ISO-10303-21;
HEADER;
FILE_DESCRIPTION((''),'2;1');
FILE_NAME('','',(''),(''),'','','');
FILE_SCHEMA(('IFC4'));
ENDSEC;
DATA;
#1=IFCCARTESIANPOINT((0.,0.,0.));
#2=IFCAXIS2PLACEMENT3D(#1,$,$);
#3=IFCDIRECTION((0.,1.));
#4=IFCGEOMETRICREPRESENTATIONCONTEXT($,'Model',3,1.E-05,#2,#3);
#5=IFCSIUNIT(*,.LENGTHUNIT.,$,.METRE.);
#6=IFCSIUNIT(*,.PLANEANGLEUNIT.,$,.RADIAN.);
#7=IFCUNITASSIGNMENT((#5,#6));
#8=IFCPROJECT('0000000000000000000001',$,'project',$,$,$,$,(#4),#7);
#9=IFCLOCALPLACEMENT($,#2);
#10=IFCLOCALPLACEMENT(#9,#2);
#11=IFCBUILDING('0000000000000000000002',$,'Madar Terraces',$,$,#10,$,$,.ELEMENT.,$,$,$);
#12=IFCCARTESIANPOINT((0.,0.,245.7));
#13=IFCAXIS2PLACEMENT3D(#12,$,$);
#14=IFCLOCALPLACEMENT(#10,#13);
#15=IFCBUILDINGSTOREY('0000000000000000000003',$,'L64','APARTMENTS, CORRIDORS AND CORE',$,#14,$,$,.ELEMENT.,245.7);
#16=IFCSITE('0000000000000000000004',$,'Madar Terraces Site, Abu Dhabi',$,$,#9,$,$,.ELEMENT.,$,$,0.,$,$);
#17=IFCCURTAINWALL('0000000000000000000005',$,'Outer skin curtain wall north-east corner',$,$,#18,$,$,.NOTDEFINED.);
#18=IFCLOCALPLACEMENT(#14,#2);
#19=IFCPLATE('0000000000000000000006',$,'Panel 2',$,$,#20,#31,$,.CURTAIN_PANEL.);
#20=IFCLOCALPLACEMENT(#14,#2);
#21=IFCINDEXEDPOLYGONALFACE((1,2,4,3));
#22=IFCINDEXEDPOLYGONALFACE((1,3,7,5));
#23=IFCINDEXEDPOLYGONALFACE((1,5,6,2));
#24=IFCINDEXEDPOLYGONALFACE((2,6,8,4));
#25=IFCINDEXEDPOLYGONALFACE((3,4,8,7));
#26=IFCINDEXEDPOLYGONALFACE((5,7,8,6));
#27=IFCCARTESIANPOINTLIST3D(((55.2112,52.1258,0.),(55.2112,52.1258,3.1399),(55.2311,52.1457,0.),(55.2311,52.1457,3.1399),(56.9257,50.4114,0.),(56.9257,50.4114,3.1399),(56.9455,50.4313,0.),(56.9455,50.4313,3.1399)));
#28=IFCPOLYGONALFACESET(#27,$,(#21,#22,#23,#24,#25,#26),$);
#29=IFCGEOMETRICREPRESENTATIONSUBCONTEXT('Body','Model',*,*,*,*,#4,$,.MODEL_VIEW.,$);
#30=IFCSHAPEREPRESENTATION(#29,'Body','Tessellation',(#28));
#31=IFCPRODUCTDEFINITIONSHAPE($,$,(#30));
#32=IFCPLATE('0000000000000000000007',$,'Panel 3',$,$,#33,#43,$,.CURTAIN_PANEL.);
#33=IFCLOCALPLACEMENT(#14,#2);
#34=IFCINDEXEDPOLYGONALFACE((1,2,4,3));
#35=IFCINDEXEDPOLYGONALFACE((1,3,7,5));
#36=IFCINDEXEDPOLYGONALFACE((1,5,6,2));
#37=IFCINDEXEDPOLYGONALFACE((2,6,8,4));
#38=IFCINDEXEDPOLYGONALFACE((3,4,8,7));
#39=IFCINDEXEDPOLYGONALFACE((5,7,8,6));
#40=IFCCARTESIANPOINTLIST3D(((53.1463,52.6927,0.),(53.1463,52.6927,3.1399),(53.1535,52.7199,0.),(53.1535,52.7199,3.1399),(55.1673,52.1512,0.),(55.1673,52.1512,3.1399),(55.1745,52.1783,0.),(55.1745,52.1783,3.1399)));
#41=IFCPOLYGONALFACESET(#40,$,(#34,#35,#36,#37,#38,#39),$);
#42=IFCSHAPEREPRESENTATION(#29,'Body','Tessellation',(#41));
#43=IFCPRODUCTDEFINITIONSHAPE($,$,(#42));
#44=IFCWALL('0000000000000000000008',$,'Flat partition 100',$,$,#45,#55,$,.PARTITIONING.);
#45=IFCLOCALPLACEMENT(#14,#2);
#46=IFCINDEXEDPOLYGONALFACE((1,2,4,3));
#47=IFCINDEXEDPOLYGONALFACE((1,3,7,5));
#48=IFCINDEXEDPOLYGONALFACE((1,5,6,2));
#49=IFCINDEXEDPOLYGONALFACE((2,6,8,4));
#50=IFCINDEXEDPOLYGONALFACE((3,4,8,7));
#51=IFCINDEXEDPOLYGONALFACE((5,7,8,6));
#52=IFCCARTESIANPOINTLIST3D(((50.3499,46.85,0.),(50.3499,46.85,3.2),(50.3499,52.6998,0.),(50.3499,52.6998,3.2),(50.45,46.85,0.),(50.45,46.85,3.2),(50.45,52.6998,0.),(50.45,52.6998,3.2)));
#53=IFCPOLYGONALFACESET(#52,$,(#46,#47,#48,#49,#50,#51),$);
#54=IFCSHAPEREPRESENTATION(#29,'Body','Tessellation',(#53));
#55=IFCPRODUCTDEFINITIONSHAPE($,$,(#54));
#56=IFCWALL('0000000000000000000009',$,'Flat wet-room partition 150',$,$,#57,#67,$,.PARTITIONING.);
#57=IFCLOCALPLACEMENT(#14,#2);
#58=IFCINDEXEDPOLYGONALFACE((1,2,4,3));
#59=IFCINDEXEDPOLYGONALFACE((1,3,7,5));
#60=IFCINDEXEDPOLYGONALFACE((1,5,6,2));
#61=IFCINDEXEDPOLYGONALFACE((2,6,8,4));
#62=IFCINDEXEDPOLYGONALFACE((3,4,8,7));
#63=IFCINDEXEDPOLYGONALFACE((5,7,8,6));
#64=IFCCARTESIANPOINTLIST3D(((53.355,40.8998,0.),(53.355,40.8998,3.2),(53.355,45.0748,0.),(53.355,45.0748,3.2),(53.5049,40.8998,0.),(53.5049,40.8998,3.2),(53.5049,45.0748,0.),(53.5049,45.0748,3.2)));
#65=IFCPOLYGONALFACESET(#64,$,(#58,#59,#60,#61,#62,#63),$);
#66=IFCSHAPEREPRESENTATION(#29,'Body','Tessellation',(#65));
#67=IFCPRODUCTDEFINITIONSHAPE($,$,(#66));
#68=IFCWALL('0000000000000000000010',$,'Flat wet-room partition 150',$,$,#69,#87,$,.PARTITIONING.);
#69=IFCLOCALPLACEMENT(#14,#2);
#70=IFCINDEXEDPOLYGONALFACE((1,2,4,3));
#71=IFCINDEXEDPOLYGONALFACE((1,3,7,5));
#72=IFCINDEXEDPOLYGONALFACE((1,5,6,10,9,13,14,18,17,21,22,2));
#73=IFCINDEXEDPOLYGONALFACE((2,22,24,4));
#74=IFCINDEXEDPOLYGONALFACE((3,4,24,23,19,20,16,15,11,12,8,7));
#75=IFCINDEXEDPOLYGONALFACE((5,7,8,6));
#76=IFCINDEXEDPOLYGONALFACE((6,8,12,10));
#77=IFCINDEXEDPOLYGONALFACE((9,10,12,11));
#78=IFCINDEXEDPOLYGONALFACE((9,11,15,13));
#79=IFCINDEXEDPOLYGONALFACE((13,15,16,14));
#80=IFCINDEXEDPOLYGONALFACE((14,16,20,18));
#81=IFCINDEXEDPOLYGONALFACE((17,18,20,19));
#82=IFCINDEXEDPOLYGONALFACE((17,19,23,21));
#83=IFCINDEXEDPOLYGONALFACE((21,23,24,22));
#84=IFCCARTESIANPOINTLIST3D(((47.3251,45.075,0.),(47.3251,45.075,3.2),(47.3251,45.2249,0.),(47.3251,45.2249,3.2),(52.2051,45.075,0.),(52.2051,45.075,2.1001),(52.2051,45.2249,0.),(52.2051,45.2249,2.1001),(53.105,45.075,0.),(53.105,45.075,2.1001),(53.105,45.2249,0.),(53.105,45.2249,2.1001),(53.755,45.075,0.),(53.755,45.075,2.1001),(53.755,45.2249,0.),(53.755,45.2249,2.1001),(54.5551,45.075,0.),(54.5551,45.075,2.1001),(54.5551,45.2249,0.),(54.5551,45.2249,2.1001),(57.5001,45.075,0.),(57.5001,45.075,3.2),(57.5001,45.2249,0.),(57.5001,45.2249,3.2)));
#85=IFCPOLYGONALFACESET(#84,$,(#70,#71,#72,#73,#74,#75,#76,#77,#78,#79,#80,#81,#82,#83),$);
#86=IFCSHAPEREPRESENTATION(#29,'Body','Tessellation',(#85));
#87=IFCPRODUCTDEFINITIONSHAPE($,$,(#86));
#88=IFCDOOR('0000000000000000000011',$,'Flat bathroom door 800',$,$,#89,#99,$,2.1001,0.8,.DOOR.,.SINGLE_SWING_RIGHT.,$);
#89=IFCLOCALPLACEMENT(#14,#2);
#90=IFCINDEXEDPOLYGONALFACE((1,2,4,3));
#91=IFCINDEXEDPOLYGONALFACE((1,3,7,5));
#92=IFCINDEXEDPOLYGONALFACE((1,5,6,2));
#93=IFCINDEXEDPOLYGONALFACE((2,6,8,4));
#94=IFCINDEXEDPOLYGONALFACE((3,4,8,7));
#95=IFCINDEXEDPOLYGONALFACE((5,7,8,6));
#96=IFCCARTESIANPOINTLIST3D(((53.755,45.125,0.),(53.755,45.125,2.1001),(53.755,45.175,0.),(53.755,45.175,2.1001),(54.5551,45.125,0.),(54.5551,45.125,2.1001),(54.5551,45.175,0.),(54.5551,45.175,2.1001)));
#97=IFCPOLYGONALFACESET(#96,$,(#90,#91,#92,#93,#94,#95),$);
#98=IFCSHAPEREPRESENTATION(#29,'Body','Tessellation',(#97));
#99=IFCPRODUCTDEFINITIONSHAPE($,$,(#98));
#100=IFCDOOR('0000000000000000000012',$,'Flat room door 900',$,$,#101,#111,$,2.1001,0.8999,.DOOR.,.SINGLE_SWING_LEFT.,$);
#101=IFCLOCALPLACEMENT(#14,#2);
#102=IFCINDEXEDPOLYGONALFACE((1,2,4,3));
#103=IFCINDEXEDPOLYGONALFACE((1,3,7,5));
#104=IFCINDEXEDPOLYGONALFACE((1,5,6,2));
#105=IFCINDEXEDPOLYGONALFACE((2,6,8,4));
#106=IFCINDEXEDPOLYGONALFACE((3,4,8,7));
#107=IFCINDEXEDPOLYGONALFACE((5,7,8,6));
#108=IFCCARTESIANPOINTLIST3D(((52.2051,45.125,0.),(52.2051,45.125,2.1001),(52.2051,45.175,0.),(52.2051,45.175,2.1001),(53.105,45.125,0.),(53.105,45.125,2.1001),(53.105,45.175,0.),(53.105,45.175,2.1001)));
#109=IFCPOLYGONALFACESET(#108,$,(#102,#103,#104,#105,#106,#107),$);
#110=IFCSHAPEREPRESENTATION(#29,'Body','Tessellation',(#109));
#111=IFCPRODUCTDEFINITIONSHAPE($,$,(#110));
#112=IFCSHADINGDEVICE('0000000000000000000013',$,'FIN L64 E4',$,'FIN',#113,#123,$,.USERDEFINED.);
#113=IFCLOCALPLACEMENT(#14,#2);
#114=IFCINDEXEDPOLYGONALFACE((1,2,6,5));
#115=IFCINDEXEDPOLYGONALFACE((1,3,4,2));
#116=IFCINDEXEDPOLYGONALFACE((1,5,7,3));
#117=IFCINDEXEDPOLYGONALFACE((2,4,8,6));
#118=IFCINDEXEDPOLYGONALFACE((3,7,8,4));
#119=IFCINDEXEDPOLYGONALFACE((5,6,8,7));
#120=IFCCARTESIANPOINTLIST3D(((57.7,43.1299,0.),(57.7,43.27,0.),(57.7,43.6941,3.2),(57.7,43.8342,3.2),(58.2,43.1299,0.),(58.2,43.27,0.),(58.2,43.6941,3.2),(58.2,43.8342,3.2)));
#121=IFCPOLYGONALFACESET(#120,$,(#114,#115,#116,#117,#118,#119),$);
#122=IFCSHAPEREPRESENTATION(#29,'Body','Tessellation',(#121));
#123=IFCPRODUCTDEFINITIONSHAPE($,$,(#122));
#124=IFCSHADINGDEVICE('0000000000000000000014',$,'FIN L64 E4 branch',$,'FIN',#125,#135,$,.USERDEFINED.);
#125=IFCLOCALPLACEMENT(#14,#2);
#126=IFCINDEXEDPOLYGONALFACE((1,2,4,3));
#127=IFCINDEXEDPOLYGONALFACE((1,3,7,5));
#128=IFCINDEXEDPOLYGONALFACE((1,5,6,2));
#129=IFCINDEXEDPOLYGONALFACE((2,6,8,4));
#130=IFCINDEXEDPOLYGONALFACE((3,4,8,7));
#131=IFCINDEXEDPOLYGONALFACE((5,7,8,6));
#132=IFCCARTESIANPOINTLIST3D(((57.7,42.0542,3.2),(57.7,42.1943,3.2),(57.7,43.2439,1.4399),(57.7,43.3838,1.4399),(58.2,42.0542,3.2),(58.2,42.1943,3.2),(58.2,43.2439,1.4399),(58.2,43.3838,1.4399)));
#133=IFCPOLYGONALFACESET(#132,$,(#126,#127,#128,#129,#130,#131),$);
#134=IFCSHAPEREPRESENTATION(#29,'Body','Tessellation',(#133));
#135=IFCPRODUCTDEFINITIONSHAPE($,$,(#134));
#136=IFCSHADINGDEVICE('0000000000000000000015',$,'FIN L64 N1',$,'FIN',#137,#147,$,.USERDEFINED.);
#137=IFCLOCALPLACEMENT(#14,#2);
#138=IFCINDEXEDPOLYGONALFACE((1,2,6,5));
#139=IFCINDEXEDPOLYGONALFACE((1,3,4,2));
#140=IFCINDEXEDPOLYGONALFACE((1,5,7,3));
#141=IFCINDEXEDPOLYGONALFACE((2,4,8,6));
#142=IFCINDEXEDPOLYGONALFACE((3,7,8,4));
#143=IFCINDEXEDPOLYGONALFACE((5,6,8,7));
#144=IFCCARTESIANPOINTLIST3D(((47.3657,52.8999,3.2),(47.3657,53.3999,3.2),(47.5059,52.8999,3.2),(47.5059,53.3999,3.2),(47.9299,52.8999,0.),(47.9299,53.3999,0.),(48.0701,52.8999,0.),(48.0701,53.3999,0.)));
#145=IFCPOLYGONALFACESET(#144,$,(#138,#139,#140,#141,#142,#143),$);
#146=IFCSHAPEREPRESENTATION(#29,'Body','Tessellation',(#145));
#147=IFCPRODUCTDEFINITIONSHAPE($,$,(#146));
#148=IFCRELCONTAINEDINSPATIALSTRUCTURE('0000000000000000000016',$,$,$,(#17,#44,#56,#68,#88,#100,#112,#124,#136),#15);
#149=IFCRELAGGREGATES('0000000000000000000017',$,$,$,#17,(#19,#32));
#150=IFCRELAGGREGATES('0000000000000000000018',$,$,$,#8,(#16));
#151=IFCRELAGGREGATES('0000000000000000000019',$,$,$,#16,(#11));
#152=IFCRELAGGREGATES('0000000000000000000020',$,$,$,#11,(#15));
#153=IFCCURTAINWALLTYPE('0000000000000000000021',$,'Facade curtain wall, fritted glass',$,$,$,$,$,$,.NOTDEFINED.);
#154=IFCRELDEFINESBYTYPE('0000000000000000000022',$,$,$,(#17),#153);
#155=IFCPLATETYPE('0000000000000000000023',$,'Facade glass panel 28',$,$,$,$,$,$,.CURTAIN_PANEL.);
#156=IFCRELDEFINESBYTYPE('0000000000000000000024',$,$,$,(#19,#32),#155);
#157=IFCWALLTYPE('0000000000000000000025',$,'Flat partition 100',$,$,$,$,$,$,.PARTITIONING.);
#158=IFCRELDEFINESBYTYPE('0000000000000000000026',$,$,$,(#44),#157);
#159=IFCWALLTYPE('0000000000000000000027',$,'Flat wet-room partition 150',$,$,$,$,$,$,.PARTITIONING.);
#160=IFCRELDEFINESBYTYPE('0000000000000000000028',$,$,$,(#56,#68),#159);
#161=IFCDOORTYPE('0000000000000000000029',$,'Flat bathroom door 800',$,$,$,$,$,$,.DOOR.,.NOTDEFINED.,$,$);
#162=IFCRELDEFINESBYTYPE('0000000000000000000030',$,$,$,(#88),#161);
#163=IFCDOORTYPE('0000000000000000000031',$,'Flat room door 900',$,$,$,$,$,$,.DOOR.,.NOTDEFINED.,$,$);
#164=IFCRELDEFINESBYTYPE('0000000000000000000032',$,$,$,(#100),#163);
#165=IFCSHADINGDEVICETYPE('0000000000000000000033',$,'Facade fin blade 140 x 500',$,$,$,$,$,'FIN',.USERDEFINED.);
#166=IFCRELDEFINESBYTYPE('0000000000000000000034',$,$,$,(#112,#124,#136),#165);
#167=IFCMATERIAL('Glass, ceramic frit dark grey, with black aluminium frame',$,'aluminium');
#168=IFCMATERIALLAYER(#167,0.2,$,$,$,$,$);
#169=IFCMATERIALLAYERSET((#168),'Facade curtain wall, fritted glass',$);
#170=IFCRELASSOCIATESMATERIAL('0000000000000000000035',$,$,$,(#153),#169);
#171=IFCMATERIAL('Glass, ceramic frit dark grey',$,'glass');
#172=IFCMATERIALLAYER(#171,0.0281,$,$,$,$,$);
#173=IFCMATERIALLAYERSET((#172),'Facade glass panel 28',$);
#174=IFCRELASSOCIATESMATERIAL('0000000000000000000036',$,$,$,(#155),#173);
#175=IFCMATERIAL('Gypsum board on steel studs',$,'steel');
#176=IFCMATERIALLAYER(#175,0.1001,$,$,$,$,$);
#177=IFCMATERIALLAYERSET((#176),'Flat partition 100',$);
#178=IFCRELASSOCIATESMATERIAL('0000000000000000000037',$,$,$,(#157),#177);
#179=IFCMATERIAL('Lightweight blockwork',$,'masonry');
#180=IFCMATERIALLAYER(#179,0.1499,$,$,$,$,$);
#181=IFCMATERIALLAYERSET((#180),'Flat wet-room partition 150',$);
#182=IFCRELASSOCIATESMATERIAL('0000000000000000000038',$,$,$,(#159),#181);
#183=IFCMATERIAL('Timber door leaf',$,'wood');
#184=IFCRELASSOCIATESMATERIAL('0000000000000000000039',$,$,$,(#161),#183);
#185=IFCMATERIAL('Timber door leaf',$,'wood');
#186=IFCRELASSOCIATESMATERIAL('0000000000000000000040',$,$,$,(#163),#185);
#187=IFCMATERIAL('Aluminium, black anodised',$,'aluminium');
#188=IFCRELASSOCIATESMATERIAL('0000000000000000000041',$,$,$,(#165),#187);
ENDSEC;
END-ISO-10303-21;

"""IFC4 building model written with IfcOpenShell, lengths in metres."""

from ifc_helpers import new_model, si_unit, direction, frame, frame_2d, origin, origin_2d, place, context, subcontext, project, spatial, polyline, rectangle, outline, extrude, material, layer, layer_set, type_object, element, fill, aggregate, save


model = new_model("IFC4")

# Units and contexts
model_context = context("Model", 3, precision=1e-05, world=origin(), true_north=direction((0.0, 1.0)))
body_context = subcontext(model_context, "Body", "Model", "MODEL_VIEW")
ifc_project = project(units=[si_unit("LENGTHUNIT", "METRE"), si_unit("PLANEANGLEUNIT", "RADIAN")], contexts=[model_context])

# Site, building, storey
site_placement = place(None, origin())
site = spatial("IfcSite", under=ifc_project, at=site_placement, Name="Madar Terraces Site, Abu Dhabi", CompositionType="ELEMENT", RefElevation=0.0)
building_placement = place(site_placement, origin())
building = spatial("IfcBuilding", under=site, at=building_placement, Name="Madar Terraces", CompositionType="ELEMENT")
storey_placement = place(building_placement, frame((0.0, 0.0, 245.7)))
storey = spatial("IfcBuildingStorey", under=building, at=storey_placement, Name="L64", Description="APARTMENTS, CORRIDORS AND CORE", CompositionType="ELEMENT", Elevation=245.7)

# Shared definitions
ifc_material_1 = material(Name="Glass, ceramic frit dark grey, with black aluminium frame", Category="aluminium")
ifc_layer_1 = layer(ifc_material_1, 0.2)
ifc_layer_set_1 = layer_set([ifc_layer_1], Name="Facade curtain wall, fritted glass")
curtain_wall_type = type_object("IfcCurtainWallType", Name="Facade curtain wall, fritted glass", PredefinedType="NOTDEFINED", material=ifc_layer_set_1)

# Curtain wall
curtain_wall_1_placement = place(storey_placement, origin())
curtain_wall_1 = element("IfcCurtainWall", 1, at=curtain_wall_1_placement, inside=storey, type_object=curtain_wall_type, Name="Outer skin curtain wall north-east corner", PredefinedType="NOTDEFINED")

# Plates
ifc_material_2 = material(Name="Glass, ceramic frit dark grey", Category="glass")
ifc_layer_2 = layer(ifc_material_2, 0.0281)
ifc_layer_set_2 = layer_set([ifc_layer_2], Name="Facade glass panel 28")
plate_type = type_object("IfcPlateType", Name="Facade glass panel 28", PredefinedType="CURTAIN_PANEL", material=ifc_layer_set_2)
plate_1_placement = place(storey_placement, frame((56.0784, 51.2786, 0.0), z_axis=(0.0, 0.0, 1.0), x_axis=(-0.707107, 0.707107, 0.0)))
plate_1 = element("IfcPlate", 2, at=plate_1_placement, type_object=plate_type, Name="Panel 2", PredefinedType="CURTAIN_PANEL", context=body_context, shape_type="SweptSolid", body=[
    extrude(rectangle(XDim=2.4246, YDim=0.0281, at=origin_2d()), origin(), (0.0, 0.0, 1.0), 3.1399),
])
plate_2_placement = place(storey_placement, frame((54.1604, 52.4355, 0.0), z_axis=(0.0, 0.0, 1.0), x_axis=(-0.965926, 0.258819, 0.0)))
plate_2 = element("IfcPlate", 3, at=plate_2_placement, type_object=plate_type, Name="Panel 3", PredefinedType="CURTAIN_PANEL", context=body_context, shape_type="SweptSolid", body=[
    extrude(rectangle(XDim=2.0923, YDim=0.0281, at=origin_2d()), origin(), (0.0, 0.0, 1.0), 3.1399),
])
aggregate(curtain_wall_1, [plate_1, plate_2])

# Walls
ifc_material_3 = material(Name="Gypsum board on steel studs", Category="steel")
ifc_layer_3 = layer(ifc_material_3, 0.1001)
ifc_layer_set_3 = layer_set([ifc_layer_3], Name="Flat partition 100")
wall_type_1 = type_object("IfcWallType", Name="Flat partition 100", PredefinedType="PARTITIONING", material=ifc_layer_set_3)
wall_1_placement = place(storey_placement, frame((50.3999, 46.8501, 0.0), z_axis=(0.0, 0.0, 1.0), x_axis=(0.0, 1.0, 0.0)))
element("IfcWall", 4, at=wall_1_placement, inside=storey, type_object=wall_type_1, Name="Flat partition 100", PredefinedType="PARTITIONING", context=body_context, shape_type="SweptSolid", body=[
    extrude(rectangle(XDim=5.8499, YDim=0.1001, at=frame_2d((2.9248, 0.0))), origin(), (0.0, 0.0, 1.0), 3.2),
])
ifc_material_4 = material(Name="Lightweight blockwork", Category="masonry")
ifc_layer_4 = layer(ifc_material_4, 0.1499)
ifc_layer_set_4 = layer_set([ifc_layer_4], Name="Flat wet-room partition 150")
wall_type_2 = type_object("IfcWallType", Name="Flat wet-room partition 150", PredefinedType="PARTITIONING", material=ifc_layer_set_4)
wall_2_placement = place(storey_placement, frame((53.4299, 40.8999, 0.0), z_axis=(0.0, 0.0, 1.0), x_axis=(0.0, 1.0, 0.0)))
element("IfcWall", 5, at=wall_2_placement, inside=storey, type_object=wall_type_2, Name="Flat wet-room partition 150", PredefinedType="PARTITIONING", context=body_context, shape_type="SweptSolid", body=[
    extrude(rectangle(XDim=4.175, YDim=0.1499, at=frame_2d((2.0874, 0.0))), origin(), (0.0, 0.0, 1.0), 3.2),
])

# Wall, openings, doors
wall_3_placement = place(storey_placement, frame((57.5, 45.1499, 0.0), z_axis=(0.0, 0.0, 1.0), x_axis=(-1.0, 0.0, 0.0)))
wall_3 = element("IfcWall", 6, at=wall_3_placement, inside=storey, type_object=wall_type_2, Name="Flat wet-room partition 150", PredefinedType="PARTITIONING", context=body_context, shape_type="SweptSolid", body=[
    extrude(rectangle(XDim=10.175, YDim=0.1499, at=frame_2d((5.0874, 0.0))), origin(), (0.0, 0.0, 1.0), 3.2),
])
opening_1_placement = place(wall_3_placement, frame((4.395, 0.0, 0.0)))
opening_1 = element("IfcOpeningElement", 7, at=opening_1_placement, cuts=wall_3, PredefinedType="OPENING", context=body_context, shape_type="SweptSolid", body=[
    extrude(rectangle(XDim=0.8999, YDim=2.1001, at=frame_2d((0.45, 1.05))), frame((0.0, 0.085, 0.0), z_axis=(0.0, -1.0, 0.0), x_axis=(1.0, 0.0, 0.0)), (0.0, 0.0, 1.0), 0.1699),
])
opening_2_placement = place(wall_3_placement, frame((2.9451, 0.0, 0.0)))
opening_2 = element("IfcOpeningElement", 8, at=opening_2_placement, cuts=wall_3, PredefinedType="OPENING", context=body_context, shape_type="SweptSolid", body=[
    extrude(rectangle(XDim=0.8, YDim=2.1001, at=frame_2d((0.3999, 1.05))), frame((0.0, 0.085, 0.0), z_axis=(0.0, -1.0, 0.0), x_axis=(1.0, 0.0, 0.0)), (0.0, 0.0, 1.0), 0.1699),
])
ifc_material_5 = material(Name="Timber door leaf", Category="wood")
door_type_1 = type_object("IfcDoorType", Name="Flat bathroom door 800", OperationType="NOTDEFINED", PredefinedType="DOOR", material=ifc_material_5)
door_1_placement = place(opening_2_placement, origin())
door_1 = element("IfcDoor", 9, at=door_1_placement, inside=storey, type_object=door_type_1, Name="Flat bathroom door 800", OperationType="SINGLE_SWING_RIGHT", OverallHeight=2.1001, OverallWidth=0.8, PredefinedType="DOOR", context=body_context, shape_type="SweptSolid", body=[
    extrude(rectangle(XDim=0.8, YDim=2.1001, at=frame_2d((0.3999, 1.05))), frame((0.0, 0.0249, 0.0), z_axis=(0.0, -1.0, 0.0), x_axis=(1.0, 0.0, 0.0)), (0.0, 0.0, 1.0), 0.05),
])
fill(opening_2, door_1)
ifc_material_6 = material(Name="Timber door leaf", Category="wood")
door_type_2 = type_object("IfcDoorType", Name="Flat room door 900", OperationType="NOTDEFINED", PredefinedType="DOOR", material=ifc_material_6)
door_2_placement = place(opening_1_placement, origin())
door_2 = element("IfcDoor", 10, at=door_2_placement, inside=storey, type_object=door_type_2, Name="Flat room door 900", OperationType="SINGLE_SWING_LEFT", OverallHeight=2.1001, OverallWidth=0.8999, PredefinedType="DOOR", context=body_context, shape_type="SweptSolid", body=[
    extrude(rectangle(XDim=0.8999, YDim=2.1001, at=frame_2d((0.45, 1.05))), frame((0.0, 0.0249, 0.0), z_axis=(0.0, -1.0, 0.0), x_axis=(1.0, 0.0, 0.0)), (0.0, 0.0, 1.0), 0.05),
])
fill(opening_1, door_2)

# Shading devices
ifc_material_7 = material(Name="Aluminium, black anodised", Category="aluminium")
shading_device_type = type_object("IfcShadingDeviceType", Name="Facade fin blade 140 x 500", ElementType="FIN", PredefinedType="USERDEFINED", material=ifc_material_7)
shading_device_1_placement = place(storey_placement, frame((57.95, 43.1299, 0.0), z_axis=(0.0, 0.0, 1.0), x_axis=(0.0, 1.0, 0.0)))
element("IfcShadingDevice", 11, at=shading_device_1_placement, inside=storey, type_object=shading_device_type, Name="FIN L64 E4", ObjectType="FIN", PredefinedType="USERDEFINED", context=body_context, shape_type="SweptSolid", body=[
    extrude(outline(polyline([(0.0, 0.0), (0.1401, 0.0), (0.7043, 3.2), (0.5642, 3.2), (0.0, 0.0)])), frame((0.0, 0.25, 0.0), z_axis=(0.0, -1.0, 0.0), x_axis=(1.0, 0.0, 0.0)), (0.0, 0.0, 1.0), 0.5),
])
shading_device_2_placement = place(storey_placement, frame((57.95, 43.2439, 1.4399), z_axis=(0.0, 0.0, 1.0), x_axis=(0.0, 1.0, 0.0)))
element("IfcShadingDevice", 12, at=shading_device_2_placement, inside=storey, type_object=shading_device_type, Name="FIN L64 E4 branch", ObjectType="FIN", PredefinedType="USERDEFINED", context=body_context, shape_type="SweptSolid", body=[
    extrude(outline(polyline([(0.0, 0.0), (0.1399, 0.0), (-1.0496, 1.76), (-1.1897, 1.76), (0.0, 0.0)])), frame((0.0, 0.25, 0.0), z_axis=(0.0, -1.0, 0.0), x_axis=(1.0, 0.0, 0.0)), (0.0, 0.0, 1.0), 0.5),
])
shading_device_3_placement = place(storey_placement, frame((48.0701, 53.1499, 0.0), z_axis=(0.0, 0.0, 1.0), x_axis=(-1.0, 0.0, 0.0)))
element("IfcShadingDevice", 13, at=shading_device_3_placement, inside=storey, type_object=shading_device_type, Name="FIN L64 N1", ObjectType="FIN", PredefinedType="USERDEFINED", context=body_context, shape_type="SweptSolid", body=[
    extrude(outline(polyline([(0.0, 0.0), (0.1401, 0.0), (0.7043, 3.2), (0.5642, 3.2), (0.0, 0.0)])), frame((0.0, 0.25, 0.0), z_axis=(0.0, -1.0, 0.0), x_axis=(1.0, 0.0, 0.0)), (0.0, 0.0, 1.0), 0.5),
])

save(model, "model.ifc")
